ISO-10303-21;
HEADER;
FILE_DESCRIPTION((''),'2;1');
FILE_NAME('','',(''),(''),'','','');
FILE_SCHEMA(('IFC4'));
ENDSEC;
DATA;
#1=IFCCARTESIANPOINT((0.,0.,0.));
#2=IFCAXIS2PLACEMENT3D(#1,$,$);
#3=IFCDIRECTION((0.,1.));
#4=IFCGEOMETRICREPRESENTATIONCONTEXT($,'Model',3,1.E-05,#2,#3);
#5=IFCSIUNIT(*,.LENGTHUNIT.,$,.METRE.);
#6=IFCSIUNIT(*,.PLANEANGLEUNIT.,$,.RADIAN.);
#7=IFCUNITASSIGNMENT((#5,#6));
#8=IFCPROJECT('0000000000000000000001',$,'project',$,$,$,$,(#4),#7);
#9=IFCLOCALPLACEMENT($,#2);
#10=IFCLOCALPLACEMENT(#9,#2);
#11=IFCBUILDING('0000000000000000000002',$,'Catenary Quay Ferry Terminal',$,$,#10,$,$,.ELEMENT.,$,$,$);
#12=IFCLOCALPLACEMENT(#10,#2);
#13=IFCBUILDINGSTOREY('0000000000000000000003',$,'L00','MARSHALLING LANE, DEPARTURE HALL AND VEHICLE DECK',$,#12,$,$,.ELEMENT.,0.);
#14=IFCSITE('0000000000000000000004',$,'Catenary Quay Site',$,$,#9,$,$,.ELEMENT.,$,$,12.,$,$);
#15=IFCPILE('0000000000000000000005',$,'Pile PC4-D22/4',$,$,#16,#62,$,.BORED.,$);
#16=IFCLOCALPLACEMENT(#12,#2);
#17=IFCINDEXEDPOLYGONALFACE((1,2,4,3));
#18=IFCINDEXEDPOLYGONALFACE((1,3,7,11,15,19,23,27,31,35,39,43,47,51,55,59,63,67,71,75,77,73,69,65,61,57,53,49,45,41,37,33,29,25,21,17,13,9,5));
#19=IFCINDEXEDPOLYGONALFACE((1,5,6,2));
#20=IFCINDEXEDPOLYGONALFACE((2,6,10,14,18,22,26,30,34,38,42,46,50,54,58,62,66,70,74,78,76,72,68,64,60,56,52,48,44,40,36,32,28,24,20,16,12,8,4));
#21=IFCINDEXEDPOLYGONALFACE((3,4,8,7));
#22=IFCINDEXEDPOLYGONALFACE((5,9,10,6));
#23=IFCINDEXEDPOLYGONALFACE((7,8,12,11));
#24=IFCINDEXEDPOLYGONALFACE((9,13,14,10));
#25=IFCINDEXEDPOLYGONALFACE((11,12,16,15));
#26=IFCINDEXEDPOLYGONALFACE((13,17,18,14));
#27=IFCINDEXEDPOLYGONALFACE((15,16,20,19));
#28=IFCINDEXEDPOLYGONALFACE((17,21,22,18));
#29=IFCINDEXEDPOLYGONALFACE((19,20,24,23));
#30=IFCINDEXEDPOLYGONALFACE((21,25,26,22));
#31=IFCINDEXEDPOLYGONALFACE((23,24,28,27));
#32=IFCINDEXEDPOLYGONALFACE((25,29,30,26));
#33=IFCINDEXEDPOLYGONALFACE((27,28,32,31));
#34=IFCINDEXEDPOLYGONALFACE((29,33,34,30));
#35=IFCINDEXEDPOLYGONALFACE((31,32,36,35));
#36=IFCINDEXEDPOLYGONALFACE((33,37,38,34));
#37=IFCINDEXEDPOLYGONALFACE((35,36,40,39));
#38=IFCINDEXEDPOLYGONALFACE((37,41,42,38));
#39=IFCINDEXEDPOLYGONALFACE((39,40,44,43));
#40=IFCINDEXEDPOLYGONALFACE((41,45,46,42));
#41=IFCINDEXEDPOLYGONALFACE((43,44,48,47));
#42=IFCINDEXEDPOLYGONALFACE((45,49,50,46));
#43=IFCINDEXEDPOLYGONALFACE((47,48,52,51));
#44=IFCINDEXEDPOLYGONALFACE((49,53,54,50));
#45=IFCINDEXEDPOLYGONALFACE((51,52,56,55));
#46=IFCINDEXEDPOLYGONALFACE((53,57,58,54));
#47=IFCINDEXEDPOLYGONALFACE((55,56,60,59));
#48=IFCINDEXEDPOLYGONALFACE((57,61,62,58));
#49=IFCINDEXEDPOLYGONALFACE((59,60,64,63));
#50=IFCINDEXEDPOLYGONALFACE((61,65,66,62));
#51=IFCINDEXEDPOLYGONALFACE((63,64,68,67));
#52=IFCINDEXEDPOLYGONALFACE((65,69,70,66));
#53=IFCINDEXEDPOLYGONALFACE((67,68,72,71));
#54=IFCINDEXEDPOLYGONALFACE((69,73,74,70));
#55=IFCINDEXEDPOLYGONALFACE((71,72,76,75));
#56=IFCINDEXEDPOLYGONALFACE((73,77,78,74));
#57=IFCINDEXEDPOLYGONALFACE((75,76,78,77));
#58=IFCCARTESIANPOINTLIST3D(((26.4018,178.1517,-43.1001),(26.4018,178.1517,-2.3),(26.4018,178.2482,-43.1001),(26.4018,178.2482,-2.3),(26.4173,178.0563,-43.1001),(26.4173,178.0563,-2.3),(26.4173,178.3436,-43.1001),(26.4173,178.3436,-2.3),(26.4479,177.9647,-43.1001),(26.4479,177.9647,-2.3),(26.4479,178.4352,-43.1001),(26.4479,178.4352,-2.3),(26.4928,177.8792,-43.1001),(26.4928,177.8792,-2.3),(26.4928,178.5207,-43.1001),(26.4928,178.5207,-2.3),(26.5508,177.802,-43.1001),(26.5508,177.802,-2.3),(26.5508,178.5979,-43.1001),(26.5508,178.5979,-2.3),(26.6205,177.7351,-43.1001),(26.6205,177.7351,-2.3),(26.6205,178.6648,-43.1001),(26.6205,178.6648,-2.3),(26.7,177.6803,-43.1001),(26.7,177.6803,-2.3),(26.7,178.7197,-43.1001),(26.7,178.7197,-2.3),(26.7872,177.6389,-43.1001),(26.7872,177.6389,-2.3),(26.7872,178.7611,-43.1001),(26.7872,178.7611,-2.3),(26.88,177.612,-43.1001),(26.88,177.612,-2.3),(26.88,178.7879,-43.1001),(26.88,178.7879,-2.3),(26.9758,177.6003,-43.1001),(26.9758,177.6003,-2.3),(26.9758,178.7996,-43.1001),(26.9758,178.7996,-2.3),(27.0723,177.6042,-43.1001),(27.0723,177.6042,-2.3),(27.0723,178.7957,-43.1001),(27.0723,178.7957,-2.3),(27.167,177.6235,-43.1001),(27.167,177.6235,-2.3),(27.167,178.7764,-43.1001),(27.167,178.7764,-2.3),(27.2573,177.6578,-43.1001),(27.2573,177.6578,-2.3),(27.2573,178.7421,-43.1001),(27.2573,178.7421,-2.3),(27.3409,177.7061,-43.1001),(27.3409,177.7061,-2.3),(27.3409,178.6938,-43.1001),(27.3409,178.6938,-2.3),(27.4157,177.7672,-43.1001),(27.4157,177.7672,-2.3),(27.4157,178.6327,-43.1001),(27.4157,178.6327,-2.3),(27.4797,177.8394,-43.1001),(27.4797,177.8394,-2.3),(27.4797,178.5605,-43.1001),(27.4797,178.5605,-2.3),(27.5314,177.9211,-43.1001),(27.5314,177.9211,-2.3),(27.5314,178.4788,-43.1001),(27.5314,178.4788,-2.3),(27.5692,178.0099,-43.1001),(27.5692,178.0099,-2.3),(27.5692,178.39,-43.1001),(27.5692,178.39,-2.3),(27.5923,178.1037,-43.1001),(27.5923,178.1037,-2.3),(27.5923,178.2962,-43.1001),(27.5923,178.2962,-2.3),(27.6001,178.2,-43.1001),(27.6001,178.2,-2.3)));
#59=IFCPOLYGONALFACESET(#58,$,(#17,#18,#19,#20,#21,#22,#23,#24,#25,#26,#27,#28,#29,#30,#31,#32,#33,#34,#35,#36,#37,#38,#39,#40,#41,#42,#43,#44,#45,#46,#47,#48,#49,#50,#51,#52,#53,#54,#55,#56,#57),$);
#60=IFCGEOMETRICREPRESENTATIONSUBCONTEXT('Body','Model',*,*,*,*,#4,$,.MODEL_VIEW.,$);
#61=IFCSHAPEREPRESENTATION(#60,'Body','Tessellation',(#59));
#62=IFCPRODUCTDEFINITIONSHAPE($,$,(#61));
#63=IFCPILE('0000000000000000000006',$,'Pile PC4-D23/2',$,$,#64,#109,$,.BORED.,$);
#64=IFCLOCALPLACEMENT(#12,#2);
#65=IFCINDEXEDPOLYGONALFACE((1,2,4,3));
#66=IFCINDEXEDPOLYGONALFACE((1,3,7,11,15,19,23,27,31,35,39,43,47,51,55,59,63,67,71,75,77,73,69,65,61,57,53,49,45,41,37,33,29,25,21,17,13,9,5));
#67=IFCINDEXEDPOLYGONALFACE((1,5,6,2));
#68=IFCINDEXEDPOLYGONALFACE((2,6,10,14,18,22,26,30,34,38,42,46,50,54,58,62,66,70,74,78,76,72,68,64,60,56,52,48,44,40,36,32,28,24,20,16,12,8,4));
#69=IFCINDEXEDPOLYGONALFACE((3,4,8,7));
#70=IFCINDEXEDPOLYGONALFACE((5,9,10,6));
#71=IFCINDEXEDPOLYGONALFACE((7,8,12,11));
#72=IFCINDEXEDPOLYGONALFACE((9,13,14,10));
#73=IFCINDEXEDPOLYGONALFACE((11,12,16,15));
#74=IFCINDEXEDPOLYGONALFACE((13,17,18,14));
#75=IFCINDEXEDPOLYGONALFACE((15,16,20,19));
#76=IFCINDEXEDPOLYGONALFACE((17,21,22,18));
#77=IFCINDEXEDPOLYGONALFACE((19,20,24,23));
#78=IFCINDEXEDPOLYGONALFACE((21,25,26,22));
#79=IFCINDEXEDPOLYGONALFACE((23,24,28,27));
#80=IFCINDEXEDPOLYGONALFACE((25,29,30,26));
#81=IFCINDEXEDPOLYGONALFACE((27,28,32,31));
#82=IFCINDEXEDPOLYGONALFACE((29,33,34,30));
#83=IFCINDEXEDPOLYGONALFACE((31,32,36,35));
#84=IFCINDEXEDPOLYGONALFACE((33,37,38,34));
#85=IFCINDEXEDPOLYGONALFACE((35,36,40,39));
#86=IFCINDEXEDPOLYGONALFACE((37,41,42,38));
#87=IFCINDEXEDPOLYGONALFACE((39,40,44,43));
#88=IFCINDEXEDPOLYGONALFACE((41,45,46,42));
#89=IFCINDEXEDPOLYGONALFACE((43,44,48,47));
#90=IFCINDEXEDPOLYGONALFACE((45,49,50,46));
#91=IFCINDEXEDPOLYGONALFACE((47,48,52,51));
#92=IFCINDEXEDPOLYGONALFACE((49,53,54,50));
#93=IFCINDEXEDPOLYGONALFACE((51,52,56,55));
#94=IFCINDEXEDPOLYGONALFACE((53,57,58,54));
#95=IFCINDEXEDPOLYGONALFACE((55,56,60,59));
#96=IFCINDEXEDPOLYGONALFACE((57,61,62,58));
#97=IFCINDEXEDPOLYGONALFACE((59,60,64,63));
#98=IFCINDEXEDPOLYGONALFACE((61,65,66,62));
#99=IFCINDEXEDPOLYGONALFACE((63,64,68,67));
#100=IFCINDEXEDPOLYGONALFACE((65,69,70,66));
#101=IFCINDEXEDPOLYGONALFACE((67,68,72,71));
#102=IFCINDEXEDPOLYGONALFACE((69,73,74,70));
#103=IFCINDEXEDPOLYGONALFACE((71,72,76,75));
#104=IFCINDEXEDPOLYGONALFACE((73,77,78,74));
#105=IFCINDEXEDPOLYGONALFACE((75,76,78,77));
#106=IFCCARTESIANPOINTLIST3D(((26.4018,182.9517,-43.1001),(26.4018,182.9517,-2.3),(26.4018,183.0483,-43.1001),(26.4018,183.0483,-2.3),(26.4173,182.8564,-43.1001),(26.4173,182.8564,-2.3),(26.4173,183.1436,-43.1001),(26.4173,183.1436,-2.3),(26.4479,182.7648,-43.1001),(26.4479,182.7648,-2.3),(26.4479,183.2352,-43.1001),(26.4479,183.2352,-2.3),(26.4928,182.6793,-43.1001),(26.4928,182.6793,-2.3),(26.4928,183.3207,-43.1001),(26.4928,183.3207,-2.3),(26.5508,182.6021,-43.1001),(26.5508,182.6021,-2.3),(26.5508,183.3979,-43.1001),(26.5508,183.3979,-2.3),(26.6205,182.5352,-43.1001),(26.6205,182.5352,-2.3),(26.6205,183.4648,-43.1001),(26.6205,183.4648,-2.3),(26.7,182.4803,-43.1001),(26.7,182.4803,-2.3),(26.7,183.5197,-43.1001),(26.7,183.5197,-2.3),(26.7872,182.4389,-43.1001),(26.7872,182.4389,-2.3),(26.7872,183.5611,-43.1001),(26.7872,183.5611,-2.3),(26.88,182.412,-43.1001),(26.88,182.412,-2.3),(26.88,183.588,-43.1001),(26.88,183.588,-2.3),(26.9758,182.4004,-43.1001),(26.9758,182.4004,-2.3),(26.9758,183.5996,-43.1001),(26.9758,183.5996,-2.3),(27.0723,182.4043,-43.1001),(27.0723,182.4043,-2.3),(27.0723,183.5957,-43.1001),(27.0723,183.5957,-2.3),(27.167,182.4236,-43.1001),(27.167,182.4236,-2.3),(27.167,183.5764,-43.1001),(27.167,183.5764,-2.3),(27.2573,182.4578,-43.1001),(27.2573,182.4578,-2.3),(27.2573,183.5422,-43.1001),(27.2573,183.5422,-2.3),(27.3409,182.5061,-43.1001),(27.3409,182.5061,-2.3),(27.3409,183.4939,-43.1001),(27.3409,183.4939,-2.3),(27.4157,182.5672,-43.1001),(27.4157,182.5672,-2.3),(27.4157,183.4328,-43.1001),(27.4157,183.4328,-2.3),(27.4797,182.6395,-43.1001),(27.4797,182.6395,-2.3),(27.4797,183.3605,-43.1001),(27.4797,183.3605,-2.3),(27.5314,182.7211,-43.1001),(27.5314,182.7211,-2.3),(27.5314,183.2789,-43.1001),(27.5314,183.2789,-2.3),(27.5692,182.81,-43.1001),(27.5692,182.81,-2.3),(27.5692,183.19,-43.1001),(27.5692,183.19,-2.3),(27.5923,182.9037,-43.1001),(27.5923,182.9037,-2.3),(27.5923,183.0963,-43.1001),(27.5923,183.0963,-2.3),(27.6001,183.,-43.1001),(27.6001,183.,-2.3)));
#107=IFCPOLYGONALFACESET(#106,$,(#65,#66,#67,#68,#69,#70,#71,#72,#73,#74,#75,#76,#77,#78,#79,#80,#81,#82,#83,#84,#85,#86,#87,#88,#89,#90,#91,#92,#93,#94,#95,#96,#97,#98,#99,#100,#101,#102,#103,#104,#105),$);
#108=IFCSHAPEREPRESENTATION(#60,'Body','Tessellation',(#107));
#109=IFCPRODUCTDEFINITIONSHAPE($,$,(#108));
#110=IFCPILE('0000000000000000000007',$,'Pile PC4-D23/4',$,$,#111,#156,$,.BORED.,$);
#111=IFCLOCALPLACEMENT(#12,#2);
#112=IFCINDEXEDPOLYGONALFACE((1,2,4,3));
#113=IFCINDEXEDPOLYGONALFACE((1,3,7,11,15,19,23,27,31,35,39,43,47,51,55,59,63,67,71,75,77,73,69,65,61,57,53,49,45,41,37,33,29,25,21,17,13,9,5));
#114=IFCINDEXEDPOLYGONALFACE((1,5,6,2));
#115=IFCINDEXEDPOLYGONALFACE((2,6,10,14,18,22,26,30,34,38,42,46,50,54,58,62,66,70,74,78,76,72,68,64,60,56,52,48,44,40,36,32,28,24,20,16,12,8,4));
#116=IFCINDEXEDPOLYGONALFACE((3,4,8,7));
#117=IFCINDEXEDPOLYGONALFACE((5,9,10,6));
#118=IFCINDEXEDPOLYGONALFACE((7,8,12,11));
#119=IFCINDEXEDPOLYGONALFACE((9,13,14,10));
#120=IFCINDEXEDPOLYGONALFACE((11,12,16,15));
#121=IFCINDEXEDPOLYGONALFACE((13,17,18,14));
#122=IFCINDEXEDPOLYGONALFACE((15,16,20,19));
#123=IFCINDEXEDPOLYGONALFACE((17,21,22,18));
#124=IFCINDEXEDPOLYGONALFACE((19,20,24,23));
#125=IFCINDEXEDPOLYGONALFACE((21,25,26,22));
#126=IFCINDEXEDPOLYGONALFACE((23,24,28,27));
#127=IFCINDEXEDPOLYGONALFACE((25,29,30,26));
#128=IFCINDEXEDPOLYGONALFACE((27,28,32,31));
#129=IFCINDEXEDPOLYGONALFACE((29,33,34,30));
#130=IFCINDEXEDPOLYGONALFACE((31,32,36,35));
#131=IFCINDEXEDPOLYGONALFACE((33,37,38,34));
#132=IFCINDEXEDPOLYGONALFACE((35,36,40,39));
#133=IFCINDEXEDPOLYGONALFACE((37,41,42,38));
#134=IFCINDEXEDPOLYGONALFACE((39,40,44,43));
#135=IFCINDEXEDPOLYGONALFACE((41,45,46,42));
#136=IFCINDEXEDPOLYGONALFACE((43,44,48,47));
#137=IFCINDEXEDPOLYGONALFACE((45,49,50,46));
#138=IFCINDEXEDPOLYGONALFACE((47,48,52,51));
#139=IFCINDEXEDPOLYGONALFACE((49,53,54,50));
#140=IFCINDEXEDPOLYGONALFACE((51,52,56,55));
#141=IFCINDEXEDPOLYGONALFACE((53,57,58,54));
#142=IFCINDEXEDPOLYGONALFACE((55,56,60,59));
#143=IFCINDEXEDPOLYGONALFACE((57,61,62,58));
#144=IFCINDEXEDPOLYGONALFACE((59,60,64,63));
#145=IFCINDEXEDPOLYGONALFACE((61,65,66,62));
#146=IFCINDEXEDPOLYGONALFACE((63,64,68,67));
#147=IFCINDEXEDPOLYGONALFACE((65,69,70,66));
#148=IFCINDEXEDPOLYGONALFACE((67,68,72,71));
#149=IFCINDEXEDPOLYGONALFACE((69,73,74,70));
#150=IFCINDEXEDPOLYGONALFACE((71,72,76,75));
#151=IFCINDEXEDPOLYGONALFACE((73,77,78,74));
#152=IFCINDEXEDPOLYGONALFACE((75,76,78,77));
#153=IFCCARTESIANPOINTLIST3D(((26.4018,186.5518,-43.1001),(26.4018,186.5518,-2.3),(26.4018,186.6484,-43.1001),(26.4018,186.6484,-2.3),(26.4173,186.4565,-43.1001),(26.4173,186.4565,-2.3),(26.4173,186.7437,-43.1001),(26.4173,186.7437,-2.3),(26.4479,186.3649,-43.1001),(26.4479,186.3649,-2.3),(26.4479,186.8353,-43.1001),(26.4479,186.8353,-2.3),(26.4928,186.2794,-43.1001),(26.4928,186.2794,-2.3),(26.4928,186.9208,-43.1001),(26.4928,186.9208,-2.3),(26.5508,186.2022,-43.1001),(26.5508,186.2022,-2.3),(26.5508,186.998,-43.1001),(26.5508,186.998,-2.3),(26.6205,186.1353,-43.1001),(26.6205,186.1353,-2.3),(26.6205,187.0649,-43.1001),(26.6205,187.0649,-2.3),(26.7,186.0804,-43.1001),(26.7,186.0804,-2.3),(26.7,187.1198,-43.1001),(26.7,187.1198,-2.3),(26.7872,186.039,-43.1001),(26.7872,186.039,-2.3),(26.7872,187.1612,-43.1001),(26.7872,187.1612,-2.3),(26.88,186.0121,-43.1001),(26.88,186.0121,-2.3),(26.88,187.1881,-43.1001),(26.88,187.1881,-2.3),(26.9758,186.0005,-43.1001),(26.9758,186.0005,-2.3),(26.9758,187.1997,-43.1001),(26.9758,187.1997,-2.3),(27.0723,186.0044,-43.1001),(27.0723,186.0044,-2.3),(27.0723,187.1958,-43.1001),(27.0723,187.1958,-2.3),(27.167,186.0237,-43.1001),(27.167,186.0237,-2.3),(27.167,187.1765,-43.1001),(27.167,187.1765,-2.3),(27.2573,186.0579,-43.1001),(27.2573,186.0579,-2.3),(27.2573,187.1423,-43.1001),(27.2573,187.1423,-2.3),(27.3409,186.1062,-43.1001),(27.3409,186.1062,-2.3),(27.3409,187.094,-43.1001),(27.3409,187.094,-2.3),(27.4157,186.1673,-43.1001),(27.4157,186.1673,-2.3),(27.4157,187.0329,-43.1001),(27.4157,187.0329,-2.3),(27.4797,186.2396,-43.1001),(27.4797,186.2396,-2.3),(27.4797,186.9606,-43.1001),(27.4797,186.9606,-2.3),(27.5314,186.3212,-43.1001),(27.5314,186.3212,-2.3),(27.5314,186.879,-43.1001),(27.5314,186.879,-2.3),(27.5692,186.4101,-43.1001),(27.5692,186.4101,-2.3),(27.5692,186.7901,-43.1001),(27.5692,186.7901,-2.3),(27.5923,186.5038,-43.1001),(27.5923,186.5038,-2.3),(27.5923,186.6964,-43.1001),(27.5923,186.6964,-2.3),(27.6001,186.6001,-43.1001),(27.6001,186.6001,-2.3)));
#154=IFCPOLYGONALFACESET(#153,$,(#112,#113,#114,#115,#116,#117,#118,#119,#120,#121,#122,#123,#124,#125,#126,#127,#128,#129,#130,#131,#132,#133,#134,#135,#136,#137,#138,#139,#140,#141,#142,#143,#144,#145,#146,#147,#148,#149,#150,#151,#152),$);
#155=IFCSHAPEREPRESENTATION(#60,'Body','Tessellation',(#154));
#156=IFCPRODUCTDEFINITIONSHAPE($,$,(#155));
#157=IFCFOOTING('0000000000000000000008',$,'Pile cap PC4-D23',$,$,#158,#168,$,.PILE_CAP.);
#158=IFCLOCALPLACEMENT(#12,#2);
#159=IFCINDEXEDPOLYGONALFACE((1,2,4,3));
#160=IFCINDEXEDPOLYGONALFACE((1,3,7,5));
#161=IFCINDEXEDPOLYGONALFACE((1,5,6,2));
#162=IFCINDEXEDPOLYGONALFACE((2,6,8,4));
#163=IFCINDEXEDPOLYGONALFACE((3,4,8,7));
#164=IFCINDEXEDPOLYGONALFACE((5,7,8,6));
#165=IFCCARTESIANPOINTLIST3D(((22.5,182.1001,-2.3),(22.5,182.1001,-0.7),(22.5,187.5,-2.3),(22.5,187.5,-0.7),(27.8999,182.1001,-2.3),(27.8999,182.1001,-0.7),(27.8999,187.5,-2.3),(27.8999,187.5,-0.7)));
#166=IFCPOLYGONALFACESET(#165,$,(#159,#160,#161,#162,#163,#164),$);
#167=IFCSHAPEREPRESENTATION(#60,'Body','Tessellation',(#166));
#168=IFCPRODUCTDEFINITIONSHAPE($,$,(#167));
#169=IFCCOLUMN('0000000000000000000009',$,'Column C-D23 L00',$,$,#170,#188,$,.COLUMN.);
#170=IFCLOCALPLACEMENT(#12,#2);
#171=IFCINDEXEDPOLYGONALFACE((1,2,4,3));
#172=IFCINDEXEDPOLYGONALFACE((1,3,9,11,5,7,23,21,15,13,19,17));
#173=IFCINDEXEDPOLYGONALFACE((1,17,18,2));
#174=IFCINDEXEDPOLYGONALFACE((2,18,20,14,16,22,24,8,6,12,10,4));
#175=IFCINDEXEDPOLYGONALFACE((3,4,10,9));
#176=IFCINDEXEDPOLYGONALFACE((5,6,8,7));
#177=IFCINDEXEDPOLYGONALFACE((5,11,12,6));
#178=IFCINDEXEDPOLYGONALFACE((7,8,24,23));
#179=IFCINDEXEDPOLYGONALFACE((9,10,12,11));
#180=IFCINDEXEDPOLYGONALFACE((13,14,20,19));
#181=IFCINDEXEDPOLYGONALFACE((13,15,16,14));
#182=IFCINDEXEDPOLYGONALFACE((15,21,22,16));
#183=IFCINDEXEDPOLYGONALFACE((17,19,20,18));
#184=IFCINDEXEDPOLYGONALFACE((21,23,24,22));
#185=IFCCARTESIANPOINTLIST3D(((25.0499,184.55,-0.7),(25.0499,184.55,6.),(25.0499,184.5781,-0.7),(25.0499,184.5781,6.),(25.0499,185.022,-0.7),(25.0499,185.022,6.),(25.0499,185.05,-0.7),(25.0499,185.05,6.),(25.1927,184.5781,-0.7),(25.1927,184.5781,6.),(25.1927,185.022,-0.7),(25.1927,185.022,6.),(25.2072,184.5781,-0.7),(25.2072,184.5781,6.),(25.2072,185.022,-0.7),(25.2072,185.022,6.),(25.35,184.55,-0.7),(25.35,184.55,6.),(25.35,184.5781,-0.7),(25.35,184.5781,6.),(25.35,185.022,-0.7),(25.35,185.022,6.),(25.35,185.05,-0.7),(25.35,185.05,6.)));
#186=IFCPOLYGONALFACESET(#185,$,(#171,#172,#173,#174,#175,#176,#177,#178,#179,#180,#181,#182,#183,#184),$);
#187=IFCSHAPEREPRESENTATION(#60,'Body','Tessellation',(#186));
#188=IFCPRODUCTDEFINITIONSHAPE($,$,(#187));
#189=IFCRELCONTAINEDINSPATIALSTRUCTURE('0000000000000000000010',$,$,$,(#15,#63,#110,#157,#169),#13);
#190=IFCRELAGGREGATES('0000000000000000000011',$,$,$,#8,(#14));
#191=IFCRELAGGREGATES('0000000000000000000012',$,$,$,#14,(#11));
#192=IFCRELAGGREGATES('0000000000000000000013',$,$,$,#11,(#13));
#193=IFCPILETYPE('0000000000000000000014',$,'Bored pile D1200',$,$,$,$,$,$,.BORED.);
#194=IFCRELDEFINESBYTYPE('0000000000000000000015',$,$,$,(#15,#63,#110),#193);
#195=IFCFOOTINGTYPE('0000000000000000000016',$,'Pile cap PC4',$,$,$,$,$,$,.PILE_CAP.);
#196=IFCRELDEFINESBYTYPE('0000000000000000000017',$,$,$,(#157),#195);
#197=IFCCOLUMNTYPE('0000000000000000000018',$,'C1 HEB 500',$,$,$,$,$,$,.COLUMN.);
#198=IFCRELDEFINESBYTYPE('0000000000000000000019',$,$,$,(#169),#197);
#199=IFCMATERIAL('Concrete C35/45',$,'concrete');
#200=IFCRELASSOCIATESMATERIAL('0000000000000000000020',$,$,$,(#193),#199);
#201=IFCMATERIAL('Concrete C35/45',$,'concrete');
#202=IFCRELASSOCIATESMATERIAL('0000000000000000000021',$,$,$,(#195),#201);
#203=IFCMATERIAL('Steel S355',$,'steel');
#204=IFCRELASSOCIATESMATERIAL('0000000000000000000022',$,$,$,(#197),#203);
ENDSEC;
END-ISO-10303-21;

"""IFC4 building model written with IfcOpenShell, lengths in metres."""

from ifc_helpers import new_model, si_unit, direction, frame, origin, origin_2d, place, context, subcontext, project, spatial, rectangle, circle, i_section, extrude, material, material_profile, profile_set, type_object, element, save


model = new_model("IFC4")

# Units and contexts
model_context = context("Model", 3, precision=1e-05, world=origin(), true_north=direction((0.0, 1.0)))
body_context = subcontext(model_context, "Body", "Model", "MODEL_VIEW")
ifc_project = project(units=[si_unit("LENGTHUNIT", "METRE"), si_unit("PLANEANGLEUNIT", "RADIAN")], contexts=[model_context])

# Site, building, storey
site_placement = place(None, origin())
site = spatial("IfcSite", under=ifc_project, at=site_placement, Name="Catenary Quay Site", CompositionType="ELEMENT", RefElevation=12.0)
building_placement = place(site_placement, origin())
building = spatial("IfcBuilding", under=site, at=building_placement, Name="Catenary Quay Ferry Terminal", CompositionType="ELEMENT")
storey_placement = place(building_placement, origin())
storey = spatial("IfcBuildingStorey", under=building, at=storey_placement, Name="L00", Description="MARSHALLING LANE, DEPARTURE HALL AND VEHICLE DECK", CompositionType="ELEMENT", Elevation=0.0)

# Piles
ifc_material_1 = material(Name="Concrete C35/45", Category="concrete")
ifc_material_profile_1 = material_profile(ifc_material_1, circle(Radius=0.6001, at=origin_2d()), Name="D1200")
ifc_profile_set_1 = profile_set([ifc_material_profile_1], Name="Concrete C35/45")
pile_type = type_object("IfcPileType", Name="Bored pile D1200", PredefinedType="BORED", material=ifc_profile_set_1)
for number, where, z_axis, x_axis, name in (
    (1, (27.0, 178.2, -2.3), (0.0, 0.0, -1.0), (1.0, 0.0, 0.0), "Pile PC4-D22/4"),
    (2, (27.0, 183.0, -2.3), (0.0, 0.0, -1.0), (1.0, 0.0, 0.0), "Pile PC4-D23/2"),
    (3, (27.0, 186.6001, -2.3), (0.0, 0.0, -1.0), (1.0, 0.0, 0.0), "Pile PC4-D23/4"),
):
    element("IfcPile", number, at=place(storey_placement, frame(where, z_axis=z_axis, x_axis=x_axis)), inside=storey, type_object=pile_type, Name=name, PredefinedType="BORED", context=body_context, shape_type="SweptSolid", body=[
        extrude(circle(Radius=0.6001, at=origin_2d()), origin(), (0.0, 0.0, 1.0), 40.8),
    ])

# Footing
ifc_material_2 = material(Name="Concrete C35/45", Category="concrete")
footing_type = type_object("IfcFootingType", Name="Pile cap PC4", PredefinedType="PILE_CAP", material=ifc_material_2)
footing_placement = place(storey_placement, frame((25.2, 184.8, -2.3), z_axis=(0.0, 0.0, 1.0), x_axis=(1.0, 0.0, 0.0)))
element("IfcFooting", 4, at=footing_placement, inside=storey, type_object=footing_type, Name="Pile cap PC4-D23", PredefinedType="PILE_CAP", context=body_context, shape_type="SweptSolid", body=[
    extrude(rectangle(XDim=5.3999, YDim=5.3999, at=origin_2d()), origin(), (0.0, 0.0, 1.0), 1.6001),
])

# Column
ifc_material_3 = material(Name="Steel S355", Category="steel")
ifc_material_profile_2 = material_profile(ifc_material_3, i_section(OverallWidth=0.3, OverallDepth=0.5, WebThickness=0.0144, FlangeThickness=0.0281, at=origin_2d()), Name="HEB 500")
ifc_profile_set_2 = profile_set([ifc_material_profile_2], Name="Steel S355")
column_type = type_object("IfcColumnType", Name="C1 HEB 500", PredefinedType="COLUMN", material=ifc_profile_set_2)
column_placement = place(storey_placement, frame((25.2, 184.8, -0.7), z_axis=(0.0, 0.0, 1.0), x_axis=(1.0, 0.0, 0.0)))
element("IfcColumn", 5, at=column_placement, inside=storey, type_object=column_type, Name="Column C-D23 L00", PredefinedType="COLUMN", context=body_context, shape_type="SweptSolid", body=[
    extrude(i_section(OverallWidth=0.3, OverallDepth=0.5, WebThickness=0.0144, FlangeThickness=0.0281, at=origin_2d()), origin(), (0.0, 0.0, 1.0), 6.7),
])

save(model, "model.ifc")
